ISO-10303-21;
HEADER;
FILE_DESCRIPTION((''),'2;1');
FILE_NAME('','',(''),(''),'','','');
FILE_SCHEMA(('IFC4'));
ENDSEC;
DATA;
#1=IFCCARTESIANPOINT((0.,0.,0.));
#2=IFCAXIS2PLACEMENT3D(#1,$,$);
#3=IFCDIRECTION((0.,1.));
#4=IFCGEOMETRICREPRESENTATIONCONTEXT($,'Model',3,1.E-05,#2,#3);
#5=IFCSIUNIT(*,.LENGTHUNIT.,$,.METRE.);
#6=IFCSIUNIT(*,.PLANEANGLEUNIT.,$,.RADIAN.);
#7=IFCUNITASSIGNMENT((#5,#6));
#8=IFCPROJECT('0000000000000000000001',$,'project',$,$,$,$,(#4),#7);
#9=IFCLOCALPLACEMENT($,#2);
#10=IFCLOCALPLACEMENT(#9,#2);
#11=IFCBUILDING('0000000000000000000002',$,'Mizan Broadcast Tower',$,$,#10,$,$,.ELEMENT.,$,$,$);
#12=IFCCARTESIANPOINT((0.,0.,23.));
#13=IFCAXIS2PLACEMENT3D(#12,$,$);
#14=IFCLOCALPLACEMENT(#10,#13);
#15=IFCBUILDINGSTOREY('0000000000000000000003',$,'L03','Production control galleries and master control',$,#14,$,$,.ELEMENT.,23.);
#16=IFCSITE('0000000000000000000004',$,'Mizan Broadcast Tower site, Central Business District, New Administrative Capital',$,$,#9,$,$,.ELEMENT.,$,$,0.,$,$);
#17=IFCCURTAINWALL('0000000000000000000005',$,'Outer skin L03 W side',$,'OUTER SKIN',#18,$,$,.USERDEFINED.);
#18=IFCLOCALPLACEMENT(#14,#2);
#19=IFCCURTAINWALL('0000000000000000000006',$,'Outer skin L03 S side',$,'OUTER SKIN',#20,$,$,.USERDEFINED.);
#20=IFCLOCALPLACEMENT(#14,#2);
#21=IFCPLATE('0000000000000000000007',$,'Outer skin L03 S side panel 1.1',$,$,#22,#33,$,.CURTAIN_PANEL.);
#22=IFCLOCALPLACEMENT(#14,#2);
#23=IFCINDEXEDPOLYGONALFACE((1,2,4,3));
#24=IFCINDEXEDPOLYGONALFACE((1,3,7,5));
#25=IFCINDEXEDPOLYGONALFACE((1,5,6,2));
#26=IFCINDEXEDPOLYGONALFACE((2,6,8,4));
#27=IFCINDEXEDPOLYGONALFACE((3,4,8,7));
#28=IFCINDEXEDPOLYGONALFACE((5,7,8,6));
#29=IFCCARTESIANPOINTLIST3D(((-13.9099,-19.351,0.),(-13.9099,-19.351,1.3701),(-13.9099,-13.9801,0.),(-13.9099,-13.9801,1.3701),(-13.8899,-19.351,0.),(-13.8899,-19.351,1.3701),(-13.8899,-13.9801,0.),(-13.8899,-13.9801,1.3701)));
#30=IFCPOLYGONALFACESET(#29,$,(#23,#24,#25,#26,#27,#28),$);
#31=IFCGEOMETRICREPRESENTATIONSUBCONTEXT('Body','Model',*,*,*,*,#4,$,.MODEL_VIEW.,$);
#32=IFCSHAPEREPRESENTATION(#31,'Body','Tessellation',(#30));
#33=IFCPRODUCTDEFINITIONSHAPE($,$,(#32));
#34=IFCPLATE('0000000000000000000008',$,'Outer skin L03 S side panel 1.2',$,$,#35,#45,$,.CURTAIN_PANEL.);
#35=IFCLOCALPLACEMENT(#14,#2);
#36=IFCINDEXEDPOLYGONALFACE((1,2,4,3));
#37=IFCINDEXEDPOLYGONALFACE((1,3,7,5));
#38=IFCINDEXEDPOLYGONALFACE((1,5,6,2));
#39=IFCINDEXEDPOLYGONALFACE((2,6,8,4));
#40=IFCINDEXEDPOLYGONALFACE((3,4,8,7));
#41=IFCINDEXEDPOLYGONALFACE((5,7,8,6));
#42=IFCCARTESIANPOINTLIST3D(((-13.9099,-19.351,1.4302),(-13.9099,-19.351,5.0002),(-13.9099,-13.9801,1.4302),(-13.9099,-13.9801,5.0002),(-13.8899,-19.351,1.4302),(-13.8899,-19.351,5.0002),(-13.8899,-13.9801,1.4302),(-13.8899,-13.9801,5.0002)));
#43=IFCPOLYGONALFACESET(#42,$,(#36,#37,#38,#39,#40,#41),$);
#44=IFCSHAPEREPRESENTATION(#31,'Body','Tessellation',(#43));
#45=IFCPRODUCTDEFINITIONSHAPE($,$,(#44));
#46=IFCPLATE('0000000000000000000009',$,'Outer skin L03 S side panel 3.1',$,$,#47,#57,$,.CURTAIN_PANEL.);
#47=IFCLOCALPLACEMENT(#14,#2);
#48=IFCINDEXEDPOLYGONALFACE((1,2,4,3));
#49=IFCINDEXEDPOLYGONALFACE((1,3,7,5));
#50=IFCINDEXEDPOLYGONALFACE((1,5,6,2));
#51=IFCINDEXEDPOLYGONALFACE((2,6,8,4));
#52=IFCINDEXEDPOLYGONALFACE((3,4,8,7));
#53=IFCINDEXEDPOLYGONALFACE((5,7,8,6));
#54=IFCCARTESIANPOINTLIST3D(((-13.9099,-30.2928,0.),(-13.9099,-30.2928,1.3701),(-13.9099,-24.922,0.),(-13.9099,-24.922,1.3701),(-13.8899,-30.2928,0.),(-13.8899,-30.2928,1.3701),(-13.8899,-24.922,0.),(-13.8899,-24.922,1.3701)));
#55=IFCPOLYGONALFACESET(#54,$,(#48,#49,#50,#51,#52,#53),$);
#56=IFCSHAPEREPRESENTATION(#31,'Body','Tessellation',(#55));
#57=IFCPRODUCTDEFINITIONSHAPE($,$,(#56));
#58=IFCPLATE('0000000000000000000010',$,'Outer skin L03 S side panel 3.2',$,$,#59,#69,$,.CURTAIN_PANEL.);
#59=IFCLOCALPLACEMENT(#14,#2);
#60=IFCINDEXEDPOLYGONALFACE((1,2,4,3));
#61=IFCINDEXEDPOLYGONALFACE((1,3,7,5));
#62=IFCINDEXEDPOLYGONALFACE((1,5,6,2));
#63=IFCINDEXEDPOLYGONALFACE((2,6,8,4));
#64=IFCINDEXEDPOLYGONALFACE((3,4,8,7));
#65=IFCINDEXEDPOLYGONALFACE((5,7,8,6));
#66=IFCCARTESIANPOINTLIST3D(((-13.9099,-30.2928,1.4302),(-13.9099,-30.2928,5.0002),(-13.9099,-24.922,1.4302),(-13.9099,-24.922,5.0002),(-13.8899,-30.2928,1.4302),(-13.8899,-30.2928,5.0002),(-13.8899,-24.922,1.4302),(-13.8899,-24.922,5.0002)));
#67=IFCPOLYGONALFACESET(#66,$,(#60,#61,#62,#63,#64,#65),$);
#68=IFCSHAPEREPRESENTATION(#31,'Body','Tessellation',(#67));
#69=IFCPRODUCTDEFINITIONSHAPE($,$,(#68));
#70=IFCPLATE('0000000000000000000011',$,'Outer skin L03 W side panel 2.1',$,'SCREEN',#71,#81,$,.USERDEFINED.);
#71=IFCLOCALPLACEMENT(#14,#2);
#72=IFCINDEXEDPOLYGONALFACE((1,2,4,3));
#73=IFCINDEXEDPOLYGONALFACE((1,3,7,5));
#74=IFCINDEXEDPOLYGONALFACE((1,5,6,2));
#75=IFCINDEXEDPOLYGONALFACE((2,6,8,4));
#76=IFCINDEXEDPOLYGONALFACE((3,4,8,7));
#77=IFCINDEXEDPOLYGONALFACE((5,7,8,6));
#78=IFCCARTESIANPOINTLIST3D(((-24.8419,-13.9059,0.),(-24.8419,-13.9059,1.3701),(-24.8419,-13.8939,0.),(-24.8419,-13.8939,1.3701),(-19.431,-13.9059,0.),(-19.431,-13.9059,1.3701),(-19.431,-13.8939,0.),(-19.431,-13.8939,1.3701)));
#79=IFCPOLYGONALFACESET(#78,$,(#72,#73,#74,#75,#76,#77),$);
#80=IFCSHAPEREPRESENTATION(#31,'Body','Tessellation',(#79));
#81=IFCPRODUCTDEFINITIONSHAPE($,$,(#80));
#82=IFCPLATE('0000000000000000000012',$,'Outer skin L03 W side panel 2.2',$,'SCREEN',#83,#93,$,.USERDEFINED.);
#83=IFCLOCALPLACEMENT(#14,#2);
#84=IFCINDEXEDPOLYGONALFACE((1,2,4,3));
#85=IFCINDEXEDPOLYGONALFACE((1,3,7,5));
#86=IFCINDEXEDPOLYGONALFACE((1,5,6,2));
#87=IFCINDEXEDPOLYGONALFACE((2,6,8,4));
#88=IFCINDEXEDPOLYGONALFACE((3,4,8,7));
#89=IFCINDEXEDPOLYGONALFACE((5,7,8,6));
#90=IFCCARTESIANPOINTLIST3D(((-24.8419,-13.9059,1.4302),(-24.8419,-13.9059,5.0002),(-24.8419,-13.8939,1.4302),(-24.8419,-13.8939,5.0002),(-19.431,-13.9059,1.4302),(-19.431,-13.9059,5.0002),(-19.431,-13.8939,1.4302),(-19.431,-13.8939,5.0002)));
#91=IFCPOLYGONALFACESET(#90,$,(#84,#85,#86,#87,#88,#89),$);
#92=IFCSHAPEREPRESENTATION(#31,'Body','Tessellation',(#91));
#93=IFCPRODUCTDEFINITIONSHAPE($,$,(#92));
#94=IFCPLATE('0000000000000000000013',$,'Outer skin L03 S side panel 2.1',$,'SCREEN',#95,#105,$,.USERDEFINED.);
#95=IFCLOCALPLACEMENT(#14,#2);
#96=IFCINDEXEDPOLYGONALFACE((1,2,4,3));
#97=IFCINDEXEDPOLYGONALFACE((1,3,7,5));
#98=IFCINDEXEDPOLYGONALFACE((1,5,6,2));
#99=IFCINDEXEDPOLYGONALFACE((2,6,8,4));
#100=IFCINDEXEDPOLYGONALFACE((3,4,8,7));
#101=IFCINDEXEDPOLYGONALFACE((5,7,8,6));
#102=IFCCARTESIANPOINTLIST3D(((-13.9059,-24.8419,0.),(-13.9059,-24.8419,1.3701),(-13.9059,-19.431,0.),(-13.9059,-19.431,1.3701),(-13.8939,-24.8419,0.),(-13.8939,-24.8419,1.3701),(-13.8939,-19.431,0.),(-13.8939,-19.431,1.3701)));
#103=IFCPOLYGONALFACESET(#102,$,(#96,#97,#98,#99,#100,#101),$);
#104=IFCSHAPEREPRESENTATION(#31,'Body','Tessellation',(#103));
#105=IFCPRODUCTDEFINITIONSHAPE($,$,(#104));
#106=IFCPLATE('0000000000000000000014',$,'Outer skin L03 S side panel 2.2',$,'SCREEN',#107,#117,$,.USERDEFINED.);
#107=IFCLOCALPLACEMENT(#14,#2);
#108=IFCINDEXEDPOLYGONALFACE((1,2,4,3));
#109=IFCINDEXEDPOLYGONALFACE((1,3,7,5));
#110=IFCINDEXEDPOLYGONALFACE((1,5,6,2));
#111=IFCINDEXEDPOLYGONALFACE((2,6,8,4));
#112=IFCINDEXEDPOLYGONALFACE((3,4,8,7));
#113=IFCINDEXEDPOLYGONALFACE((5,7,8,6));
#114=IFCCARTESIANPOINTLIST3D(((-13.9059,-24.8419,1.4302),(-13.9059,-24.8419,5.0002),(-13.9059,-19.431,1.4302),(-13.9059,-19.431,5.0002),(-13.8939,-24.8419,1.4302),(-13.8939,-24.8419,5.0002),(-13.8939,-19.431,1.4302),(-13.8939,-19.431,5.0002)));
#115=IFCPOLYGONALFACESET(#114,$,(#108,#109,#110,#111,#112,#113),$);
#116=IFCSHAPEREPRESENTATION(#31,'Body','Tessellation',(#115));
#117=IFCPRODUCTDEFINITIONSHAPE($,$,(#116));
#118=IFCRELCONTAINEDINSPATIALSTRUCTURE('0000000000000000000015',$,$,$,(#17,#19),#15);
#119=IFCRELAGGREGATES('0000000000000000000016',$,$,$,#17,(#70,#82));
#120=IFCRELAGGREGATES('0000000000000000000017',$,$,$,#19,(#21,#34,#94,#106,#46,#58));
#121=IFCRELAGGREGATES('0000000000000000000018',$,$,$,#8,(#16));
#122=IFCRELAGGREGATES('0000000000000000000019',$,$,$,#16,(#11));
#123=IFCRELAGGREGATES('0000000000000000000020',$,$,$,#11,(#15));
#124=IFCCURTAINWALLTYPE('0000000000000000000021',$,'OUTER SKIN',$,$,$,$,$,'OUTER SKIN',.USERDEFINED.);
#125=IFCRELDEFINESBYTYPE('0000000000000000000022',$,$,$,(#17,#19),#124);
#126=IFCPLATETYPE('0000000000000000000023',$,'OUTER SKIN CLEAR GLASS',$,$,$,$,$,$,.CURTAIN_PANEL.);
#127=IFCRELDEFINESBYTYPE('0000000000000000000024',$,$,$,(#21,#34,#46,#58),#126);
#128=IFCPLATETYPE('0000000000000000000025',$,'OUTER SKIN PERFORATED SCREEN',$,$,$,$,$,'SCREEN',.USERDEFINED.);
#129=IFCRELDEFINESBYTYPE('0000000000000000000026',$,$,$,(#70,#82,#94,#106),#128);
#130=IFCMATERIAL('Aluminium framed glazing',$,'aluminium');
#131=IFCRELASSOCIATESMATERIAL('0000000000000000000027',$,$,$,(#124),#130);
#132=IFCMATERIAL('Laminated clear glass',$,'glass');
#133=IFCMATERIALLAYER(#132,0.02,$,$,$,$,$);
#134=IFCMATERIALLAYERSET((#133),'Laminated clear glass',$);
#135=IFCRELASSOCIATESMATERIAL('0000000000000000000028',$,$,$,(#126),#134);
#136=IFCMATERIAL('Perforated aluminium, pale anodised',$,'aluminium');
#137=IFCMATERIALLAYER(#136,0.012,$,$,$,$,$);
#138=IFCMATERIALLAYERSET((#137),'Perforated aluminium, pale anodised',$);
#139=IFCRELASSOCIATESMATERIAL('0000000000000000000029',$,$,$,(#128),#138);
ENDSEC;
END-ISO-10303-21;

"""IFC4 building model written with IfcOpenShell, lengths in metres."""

from ifc_helpers import new_model, si_unit, direction, frame, origin, origin_2d, place, context, subcontext, project, spatial, rectangle, extrude, material, layer, layer_set, type_object, element, aggregate, save


model = new_model("IFC4")

# Units and contexts
model_context = context("Model", 3, precision=1e-05, world=origin(), true_north=direction((0.0, 1.0)))
body_context = subcontext(model_context, "Body", "Model", "MODEL_VIEW")
ifc_project = project(units=[si_unit("LENGTHUNIT", "METRE"), si_unit("PLANEANGLEUNIT", "RADIAN")], contexts=[model_context])

# Site, building, storey
site_placement = place(None, origin())
site = spatial("IfcSite", under=ifc_project, at=site_placement, Name="Mizan Broadcast Tower site, Central Business District, New Administrative Capital", CompositionType="ELEMENT", RefElevation=0.0)
building_placement = place(site_placement, origin())
building = spatial("IfcBuilding", under=site, at=building_placement, Name="Mizan Broadcast Tower", CompositionType="ELEMENT")
storey_placement = place(building_placement, frame((0.0, 0.0, 23.0)))
storey = spatial("IfcBuildingStorey", under=building, at=storey_placement, Name="L03", Description="Production control galleries and master control", CompositionType="ELEMENT", Elevation=23.0)

# Curtain walls
ifc_material_1 = material(Name="Aluminium framed glazing", Category="aluminium")
curtain_wall_type = type_object("IfcCurtainWallType", Name="OUTER SKIN", ElementType="OUTER SKIN", PredefinedType="USERDEFINED", material=ifc_material_1)
curtain_wall_1_placement = place(storey_placement, origin())
curtain_wall_1 = element("IfcCurtainWall", 1, at=curtain_wall_1_placement, inside=storey, type_object=curtain_wall_type, Name="Outer skin L03 W side", ObjectType="OUTER SKIN", PredefinedType="USERDEFINED")
curtain_wall_2_placement = place(storey_placement, origin())
curtain_wall_2 = element("IfcCurtainWall", 2, at=curtain_wall_2_placement, inside=storey, type_object=curtain_wall_type, Name="Outer skin L03 S side", ObjectType="OUTER SKIN", PredefinedType="USERDEFINED")

# Plates
ifc_material_2 = material(Name="Laminated clear glass", Category="glass")
ifc_layer_1 = layer(ifc_material_2, 0.02)
ifc_layer_set_1 = layer_set([ifc_layer_1], Name="Laminated clear glass")
plate_type_1 = type_object("IfcPlateType", Name="OUTER SKIN CLEAR GLASS", PredefinedType="CURTAIN_PANEL", material=ifc_layer_set_1)
plate_1_placement = place(storey_placement, frame((-13.8999, -16.6655, 0.0), z_axis=(0.0, 0.0, 1.0), x_axis=(0.0, -1.0, 0.0)))
plate_1 = element("IfcPlate", 3, at=plate_1_placement, type_object=plate_type_1, Name="Outer skin L03 S side panel 1.1", PredefinedType="CURTAIN_PANEL", context=body_context, shape_type="SweptSolid", body=[
    extrude(rectangle(XDim=5.3708, YDim=0.02, at=origin_2d()), origin(), (0.0, 0.0, 1.0), 1.3701),
])
plate_2_placement = place(storey_placement, frame((-13.8999, -16.6655, 1.4302), z_axis=(0.0, 0.0, 1.0), x_axis=(0.0, -1.0, 0.0)))
plate_2 = element("IfcPlate", 4, at=plate_2_placement, type_object=plate_type_1, Name="Outer skin L03 S side panel 1.2", PredefinedType="CURTAIN_PANEL", context=body_context, shape_type="SweptSolid", body=[
    extrude(rectangle(XDim=5.3708, YDim=0.02, at=origin_2d()), origin(), (0.0, 0.0, 1.0), 3.5701),
])
plate_3_placement = place(storey_placement, frame((-13.8999, -27.6074, 0.0), z_axis=(0.0, 0.0, 1.0), x_axis=(0.0, -1.0, 0.0)))
plate_3 = element("IfcPlate", 5, at=plate_3_placement, type_object=plate_type_1, Name="Outer skin L03 S side panel 3.1", PredefinedType="CURTAIN_PANEL", context=body_context, shape_type="SweptSolid", body=[
    extrude(rectangle(XDim=5.3708, YDim=0.02, at=origin_2d()), origin(), (0.0, 0.0, 1.0), 1.3701),
])
plate_4_placement = place(storey_placement, frame((-13.8999, -27.6074, 1.4302), z_axis=(0.0, 0.0, 1.0), x_axis=(0.0, -1.0, 0.0)))
plate_4 = element("IfcPlate", 6, at=plate_4_placement, type_object=plate_type_1, Name="Outer skin L03 S side panel 3.2", PredefinedType="CURTAIN_PANEL", context=body_context, shape_type="SweptSolid", body=[
    extrude(rectangle(XDim=5.3708, YDim=0.02, at=origin_2d()), origin(), (0.0, 0.0, 1.0), 3.5701),
])
ifc_material_3 = material(Name="Perforated aluminium, pale anodised", Category="aluminium")
ifc_layer_2 = layer(ifc_material_3, 0.012)
ifc_layer_set_2 = layer_set([ifc_layer_2], Name="Perforated aluminium, pale anodised")
plate_type_2 = type_object("IfcPlateType", Name="OUTER SKIN PERFORATED SCREEN", ElementType="SCREEN", PredefinedType="USERDEFINED", material=ifc_layer_set_2)
plate_5_placement = place(storey_placement, frame((-22.1365, -13.8999, 0.0), z_axis=(0.0, 0.0, 1.0), x_axis=(1.0, 0.0, 0.0)))
plate_5 = element("IfcPlate", 7, at=plate_5_placement, type_object=plate_type_2, Name="Outer skin L03 W side panel 2.1", ObjectType="SCREEN", PredefinedType="USERDEFINED", context=body_context, shape_type="SweptSolid", body=[
    extrude(rectangle(XDim=5.4109, YDim=0.012, at=origin_2d()), origin(), (0.0, 0.0, 1.0), 1.3701),
])
plate_6_placement = place(storey_placement, frame((-22.1365, -13.8999, 1.4302), z_axis=(0.0, 0.0, 1.0), x_axis=(1.0, 0.0, 0.0)))
plate_6 = element("IfcPlate", 8, at=plate_6_placement, type_object=plate_type_2, Name="Outer skin L03 W side panel 2.2", ObjectType="SCREEN", PredefinedType="USERDEFINED", context=body_context, shape_type="SweptSolid", body=[
    extrude(rectangle(XDim=5.4109, YDim=0.012, at=origin_2d()), origin(), (0.0, 0.0, 1.0), 3.5701),
])
aggregate(curtain_wall_1, [plate_5, plate_6])
plate_7_placement = place(storey_placement, frame((-13.8999, -22.1365, 0.0), z_axis=(0.0, 0.0, 1.0), x_axis=(0.0, -1.0, 0.0)))
plate_7 = element("IfcPlate", 9, at=plate_7_placement, type_object=plate_type_2, Name="Outer skin L03 S side panel 2.1", ObjectType="SCREEN", PredefinedType="USERDEFINED", context=body_context, shape_type="SweptSolid", body=[
    extrude(rectangle(XDim=5.4109, YDim=0.012, at=origin_2d()), origin(), (0.0, 0.0, 1.0), 1.3701),
])
plate_8_placement = place(storey_placement, frame((-13.8999, -22.1365, 1.4302), z_axis=(0.0, 0.0, 1.0), x_axis=(0.0, -1.0, 0.0)))
plate_8 = element("IfcPlate", 10, at=plate_8_placement, type_object=plate_type_2, Name="Outer skin L03 S side panel 2.2", ObjectType="SCREEN", PredefinedType="USERDEFINED", context=body_context, shape_type="SweptSolid", body=[
    extrude(rectangle(XDim=5.4109, YDim=0.012, at=origin_2d()), origin(), (0.0, 0.0, 1.0), 3.5701),
])
aggregate(curtain_wall_2, [plate_1, plate_2, plate_7, plate_8, plate_3, plate_4])

save(model, "model.ifc")
